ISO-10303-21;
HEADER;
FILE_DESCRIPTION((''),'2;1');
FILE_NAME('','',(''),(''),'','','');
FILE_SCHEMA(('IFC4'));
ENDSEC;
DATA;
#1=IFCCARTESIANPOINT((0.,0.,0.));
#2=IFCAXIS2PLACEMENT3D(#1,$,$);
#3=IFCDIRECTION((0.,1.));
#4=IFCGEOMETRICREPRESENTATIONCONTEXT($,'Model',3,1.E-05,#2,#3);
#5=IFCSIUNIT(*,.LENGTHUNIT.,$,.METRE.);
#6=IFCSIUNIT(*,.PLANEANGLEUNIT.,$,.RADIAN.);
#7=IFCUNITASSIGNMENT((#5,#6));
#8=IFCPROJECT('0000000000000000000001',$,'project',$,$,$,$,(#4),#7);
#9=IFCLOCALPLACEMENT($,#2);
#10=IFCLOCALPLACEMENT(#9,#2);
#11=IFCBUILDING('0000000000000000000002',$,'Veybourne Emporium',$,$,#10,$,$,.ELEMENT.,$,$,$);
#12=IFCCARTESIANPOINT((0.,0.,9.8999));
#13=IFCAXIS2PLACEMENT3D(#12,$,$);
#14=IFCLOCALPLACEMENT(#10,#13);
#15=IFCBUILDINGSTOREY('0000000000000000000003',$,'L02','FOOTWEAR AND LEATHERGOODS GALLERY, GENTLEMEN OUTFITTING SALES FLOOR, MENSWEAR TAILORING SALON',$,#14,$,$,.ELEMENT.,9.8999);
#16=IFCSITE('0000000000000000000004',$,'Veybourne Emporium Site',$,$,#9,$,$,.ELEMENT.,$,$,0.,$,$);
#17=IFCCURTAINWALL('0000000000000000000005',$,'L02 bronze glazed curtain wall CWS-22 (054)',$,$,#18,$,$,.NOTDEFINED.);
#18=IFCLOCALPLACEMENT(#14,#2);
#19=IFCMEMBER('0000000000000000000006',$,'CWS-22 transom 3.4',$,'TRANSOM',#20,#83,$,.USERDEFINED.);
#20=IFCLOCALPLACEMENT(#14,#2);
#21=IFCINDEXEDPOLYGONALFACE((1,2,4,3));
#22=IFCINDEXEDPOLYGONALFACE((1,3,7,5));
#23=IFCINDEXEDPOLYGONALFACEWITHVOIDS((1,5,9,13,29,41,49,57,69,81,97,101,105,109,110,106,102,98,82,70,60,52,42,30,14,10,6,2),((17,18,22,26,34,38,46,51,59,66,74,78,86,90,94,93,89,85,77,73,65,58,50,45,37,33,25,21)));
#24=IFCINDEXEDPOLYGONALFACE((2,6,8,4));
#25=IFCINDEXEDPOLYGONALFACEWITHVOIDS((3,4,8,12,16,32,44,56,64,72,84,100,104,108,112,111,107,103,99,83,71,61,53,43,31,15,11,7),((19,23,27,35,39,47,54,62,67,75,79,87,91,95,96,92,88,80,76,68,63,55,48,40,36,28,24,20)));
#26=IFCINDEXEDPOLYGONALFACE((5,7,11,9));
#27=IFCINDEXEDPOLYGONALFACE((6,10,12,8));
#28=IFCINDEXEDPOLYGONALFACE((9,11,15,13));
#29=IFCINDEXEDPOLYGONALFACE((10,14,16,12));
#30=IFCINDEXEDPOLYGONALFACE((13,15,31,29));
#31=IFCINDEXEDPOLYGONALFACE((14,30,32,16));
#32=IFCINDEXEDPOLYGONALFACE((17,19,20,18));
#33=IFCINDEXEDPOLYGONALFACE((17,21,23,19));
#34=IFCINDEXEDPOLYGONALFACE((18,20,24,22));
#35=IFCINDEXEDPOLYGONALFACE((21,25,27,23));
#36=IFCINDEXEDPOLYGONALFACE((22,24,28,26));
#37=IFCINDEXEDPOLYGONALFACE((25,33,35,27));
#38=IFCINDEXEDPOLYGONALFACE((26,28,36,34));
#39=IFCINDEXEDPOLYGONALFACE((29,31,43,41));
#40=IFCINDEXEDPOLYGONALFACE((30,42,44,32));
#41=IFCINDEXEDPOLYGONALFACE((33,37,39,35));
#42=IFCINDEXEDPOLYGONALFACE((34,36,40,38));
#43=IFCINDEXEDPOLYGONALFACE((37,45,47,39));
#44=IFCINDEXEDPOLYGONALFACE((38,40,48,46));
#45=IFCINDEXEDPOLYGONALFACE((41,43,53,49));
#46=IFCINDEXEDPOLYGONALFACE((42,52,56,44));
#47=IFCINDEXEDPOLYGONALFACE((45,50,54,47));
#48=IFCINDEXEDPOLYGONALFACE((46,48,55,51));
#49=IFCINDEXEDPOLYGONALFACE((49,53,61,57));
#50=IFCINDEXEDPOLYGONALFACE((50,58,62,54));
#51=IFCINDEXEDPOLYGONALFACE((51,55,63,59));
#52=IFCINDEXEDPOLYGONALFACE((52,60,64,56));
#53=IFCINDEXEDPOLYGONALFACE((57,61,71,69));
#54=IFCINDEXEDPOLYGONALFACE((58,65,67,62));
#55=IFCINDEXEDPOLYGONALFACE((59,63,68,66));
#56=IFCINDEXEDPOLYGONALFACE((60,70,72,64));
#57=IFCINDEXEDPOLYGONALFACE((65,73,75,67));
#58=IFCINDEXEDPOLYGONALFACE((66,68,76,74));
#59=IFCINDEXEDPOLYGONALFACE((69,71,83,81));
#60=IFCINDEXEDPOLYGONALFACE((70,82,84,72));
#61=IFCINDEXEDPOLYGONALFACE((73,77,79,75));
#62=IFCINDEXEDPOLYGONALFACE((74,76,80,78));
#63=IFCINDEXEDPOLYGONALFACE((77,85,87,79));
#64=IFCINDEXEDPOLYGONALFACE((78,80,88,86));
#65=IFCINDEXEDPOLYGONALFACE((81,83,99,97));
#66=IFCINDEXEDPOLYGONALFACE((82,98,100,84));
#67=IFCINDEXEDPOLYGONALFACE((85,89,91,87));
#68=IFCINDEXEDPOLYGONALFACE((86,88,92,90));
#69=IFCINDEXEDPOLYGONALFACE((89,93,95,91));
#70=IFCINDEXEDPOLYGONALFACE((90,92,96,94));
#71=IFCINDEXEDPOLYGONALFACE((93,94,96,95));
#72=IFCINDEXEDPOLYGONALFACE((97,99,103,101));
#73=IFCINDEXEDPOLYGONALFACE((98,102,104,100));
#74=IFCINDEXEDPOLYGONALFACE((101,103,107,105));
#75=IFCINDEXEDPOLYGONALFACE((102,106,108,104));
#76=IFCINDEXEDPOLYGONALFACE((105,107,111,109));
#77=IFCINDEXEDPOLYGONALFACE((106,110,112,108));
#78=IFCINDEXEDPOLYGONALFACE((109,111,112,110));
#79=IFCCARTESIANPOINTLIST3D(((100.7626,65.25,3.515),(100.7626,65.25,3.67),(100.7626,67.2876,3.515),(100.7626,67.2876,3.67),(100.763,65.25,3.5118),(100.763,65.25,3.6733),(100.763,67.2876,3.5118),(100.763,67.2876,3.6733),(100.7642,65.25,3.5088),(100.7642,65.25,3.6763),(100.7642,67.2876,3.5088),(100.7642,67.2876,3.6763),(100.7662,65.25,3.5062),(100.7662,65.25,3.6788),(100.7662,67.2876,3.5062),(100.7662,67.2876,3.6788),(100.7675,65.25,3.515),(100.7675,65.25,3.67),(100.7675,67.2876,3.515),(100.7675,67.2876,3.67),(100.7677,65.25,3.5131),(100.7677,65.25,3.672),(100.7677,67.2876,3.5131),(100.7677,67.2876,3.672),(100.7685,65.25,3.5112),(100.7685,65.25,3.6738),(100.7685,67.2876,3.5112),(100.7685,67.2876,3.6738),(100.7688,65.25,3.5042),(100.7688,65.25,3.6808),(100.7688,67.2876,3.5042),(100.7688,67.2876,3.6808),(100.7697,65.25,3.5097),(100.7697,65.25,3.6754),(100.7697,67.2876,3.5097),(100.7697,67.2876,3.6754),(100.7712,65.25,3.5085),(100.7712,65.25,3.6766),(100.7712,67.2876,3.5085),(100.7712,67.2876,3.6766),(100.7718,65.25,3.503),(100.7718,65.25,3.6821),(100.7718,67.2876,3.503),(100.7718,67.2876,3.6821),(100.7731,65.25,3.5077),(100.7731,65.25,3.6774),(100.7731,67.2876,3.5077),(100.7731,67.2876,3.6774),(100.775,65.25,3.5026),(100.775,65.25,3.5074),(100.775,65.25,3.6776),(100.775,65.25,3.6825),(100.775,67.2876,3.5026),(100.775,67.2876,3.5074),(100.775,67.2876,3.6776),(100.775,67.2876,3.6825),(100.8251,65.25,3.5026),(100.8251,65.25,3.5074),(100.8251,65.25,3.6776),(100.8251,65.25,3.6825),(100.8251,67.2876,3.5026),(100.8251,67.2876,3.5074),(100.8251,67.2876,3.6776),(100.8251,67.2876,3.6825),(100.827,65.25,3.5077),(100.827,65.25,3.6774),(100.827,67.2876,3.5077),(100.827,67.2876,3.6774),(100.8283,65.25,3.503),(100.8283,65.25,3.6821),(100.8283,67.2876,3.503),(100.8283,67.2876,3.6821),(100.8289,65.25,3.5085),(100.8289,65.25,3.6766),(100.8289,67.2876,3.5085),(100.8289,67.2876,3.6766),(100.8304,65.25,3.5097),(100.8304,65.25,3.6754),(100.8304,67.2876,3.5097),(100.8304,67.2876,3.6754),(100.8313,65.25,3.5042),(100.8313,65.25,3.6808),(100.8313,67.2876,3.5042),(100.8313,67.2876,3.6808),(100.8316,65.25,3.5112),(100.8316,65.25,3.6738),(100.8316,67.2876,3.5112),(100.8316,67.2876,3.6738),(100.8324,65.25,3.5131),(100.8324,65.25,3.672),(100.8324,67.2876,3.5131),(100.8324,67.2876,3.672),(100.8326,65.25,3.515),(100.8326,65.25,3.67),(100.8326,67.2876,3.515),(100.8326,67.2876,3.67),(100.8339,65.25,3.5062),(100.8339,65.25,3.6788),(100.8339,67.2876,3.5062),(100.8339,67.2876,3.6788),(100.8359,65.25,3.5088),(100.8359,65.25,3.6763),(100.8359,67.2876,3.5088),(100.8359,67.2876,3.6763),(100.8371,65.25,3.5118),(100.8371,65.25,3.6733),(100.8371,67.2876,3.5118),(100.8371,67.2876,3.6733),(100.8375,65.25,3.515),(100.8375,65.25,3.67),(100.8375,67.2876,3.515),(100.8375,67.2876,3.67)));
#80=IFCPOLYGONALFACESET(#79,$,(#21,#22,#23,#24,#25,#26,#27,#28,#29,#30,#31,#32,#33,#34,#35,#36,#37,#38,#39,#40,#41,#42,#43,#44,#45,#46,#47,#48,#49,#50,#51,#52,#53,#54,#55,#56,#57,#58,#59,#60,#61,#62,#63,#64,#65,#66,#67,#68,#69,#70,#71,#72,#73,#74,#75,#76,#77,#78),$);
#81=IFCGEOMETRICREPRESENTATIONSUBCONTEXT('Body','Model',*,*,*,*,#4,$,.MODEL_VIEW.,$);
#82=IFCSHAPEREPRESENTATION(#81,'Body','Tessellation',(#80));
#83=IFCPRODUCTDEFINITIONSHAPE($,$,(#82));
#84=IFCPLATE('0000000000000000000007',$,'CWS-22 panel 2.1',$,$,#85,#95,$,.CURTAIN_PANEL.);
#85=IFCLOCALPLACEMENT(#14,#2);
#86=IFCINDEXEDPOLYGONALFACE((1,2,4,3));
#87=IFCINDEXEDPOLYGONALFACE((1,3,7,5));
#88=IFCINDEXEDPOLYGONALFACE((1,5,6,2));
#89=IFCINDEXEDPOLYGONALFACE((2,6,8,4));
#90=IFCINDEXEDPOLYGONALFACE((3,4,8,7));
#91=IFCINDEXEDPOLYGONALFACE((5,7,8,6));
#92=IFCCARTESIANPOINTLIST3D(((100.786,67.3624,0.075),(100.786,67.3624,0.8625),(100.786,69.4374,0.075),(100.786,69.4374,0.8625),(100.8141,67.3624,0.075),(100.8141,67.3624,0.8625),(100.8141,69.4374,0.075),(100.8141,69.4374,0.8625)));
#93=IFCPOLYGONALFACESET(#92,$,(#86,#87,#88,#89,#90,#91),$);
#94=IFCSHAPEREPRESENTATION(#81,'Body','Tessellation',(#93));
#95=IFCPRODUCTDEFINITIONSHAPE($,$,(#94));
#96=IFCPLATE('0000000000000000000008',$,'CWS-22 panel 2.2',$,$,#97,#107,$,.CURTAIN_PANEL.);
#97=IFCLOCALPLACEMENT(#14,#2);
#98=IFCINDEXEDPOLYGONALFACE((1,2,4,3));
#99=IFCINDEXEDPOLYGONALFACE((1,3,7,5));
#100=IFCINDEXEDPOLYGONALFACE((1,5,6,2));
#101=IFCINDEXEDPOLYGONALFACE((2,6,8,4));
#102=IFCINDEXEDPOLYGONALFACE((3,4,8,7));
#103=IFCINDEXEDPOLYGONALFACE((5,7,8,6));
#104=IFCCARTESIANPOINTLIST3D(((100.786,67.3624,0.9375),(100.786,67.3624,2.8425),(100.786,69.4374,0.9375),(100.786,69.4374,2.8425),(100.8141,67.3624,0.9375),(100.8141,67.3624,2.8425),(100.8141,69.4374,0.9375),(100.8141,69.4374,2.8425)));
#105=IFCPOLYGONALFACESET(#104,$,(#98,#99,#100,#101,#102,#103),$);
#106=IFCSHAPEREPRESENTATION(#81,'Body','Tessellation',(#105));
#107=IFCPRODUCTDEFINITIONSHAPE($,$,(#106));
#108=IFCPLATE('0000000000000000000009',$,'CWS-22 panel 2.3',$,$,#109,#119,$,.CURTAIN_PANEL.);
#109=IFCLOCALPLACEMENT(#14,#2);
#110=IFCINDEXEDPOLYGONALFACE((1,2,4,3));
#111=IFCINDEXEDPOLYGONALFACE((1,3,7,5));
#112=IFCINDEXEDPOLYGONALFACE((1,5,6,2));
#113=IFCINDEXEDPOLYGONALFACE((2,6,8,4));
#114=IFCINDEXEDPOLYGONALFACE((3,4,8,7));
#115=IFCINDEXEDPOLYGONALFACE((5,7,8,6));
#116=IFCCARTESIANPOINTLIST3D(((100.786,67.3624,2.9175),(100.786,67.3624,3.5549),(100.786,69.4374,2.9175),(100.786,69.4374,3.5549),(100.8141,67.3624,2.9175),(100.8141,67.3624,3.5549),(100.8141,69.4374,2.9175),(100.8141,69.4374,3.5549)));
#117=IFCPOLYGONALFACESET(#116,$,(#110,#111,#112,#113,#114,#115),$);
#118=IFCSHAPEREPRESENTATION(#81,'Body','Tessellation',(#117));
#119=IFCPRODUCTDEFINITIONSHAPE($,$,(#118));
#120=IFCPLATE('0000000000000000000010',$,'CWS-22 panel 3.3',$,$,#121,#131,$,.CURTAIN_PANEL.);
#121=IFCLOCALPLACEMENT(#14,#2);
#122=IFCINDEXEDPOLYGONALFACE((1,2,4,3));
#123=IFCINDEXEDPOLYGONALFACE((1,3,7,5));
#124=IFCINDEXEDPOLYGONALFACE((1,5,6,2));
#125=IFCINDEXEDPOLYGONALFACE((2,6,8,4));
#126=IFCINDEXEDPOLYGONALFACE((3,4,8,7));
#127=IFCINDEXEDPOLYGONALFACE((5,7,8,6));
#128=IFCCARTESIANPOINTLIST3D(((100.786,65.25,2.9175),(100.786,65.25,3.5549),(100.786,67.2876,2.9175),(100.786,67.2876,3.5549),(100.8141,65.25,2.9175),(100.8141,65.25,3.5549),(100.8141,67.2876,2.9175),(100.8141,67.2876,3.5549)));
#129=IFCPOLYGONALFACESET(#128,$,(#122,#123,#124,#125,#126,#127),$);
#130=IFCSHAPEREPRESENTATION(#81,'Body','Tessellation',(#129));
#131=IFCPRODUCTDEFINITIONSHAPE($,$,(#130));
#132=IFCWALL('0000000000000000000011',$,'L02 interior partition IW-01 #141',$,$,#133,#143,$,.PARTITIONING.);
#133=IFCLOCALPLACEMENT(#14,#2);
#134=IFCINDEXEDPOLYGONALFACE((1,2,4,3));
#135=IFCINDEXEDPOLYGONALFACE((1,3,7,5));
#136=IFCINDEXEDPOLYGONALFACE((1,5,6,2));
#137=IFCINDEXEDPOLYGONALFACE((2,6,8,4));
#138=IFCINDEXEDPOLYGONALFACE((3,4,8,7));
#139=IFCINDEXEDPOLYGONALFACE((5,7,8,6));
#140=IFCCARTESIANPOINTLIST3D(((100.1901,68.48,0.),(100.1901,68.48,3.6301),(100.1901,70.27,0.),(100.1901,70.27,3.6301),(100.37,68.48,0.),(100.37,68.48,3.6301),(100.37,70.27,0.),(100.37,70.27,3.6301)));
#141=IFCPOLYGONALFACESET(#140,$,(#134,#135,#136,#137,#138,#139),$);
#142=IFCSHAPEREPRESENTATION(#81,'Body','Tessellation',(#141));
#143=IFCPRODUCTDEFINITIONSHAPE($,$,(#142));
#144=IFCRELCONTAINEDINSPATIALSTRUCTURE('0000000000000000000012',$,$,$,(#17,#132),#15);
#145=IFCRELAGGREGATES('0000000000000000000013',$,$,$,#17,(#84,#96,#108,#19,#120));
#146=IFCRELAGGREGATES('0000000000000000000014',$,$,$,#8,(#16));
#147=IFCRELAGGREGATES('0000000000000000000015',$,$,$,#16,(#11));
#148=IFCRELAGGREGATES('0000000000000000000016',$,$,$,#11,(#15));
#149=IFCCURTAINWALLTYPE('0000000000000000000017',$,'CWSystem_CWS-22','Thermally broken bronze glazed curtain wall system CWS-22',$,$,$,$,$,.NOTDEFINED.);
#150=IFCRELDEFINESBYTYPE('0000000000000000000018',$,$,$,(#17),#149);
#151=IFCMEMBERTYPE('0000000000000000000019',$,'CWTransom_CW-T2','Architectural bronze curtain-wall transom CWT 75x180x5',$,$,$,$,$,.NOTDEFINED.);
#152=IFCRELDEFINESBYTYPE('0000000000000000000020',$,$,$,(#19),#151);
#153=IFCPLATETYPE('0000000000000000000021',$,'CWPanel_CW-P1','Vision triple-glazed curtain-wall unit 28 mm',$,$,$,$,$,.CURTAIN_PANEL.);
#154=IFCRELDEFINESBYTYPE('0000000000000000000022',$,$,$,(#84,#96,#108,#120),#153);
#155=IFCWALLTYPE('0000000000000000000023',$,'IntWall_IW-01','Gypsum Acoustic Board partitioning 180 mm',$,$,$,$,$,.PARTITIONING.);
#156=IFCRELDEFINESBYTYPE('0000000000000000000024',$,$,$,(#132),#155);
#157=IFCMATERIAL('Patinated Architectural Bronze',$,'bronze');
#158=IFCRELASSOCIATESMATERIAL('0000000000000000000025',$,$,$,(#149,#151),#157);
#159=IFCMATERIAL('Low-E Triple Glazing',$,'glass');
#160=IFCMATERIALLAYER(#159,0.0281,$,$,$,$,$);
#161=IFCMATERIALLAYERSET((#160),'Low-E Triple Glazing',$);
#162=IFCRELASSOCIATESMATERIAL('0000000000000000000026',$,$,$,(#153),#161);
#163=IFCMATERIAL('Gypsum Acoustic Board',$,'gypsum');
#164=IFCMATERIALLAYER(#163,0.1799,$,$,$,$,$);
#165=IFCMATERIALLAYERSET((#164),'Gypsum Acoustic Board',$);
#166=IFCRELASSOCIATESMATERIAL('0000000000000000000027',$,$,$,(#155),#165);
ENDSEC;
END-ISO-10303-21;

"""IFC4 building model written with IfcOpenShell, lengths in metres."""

from ifc_helpers import new_model, si_unit, direction, frame, frame_2d, origin, origin_2d, place, context, subcontext, project, spatial, rectangle, hollow_rectangle, extrude, material, layer, layer_set, material_profile, profile_set, type_object, element, aggregate, save


model = new_model("IFC4")

# Units and contexts
model_context = context("Model", 3, precision=1e-05, world=origin(), true_north=direction((0.0, 1.0)))
body_context = subcontext(model_context, "Body", "Model", "MODEL_VIEW")
ifc_project = project(units=[si_unit("LENGTHUNIT", "METRE"), si_unit("PLANEANGLEUNIT", "RADIAN")], contexts=[model_context])

# Site, building, storey
site_placement = place(None, origin())
site = spatial("IfcSite", under=ifc_project, at=site_placement, Name="Veybourne Emporium Site", CompositionType="ELEMENT", RefElevation=0.0)
building_placement = place(site_placement, origin())
building = spatial("IfcBuilding", under=site, at=building_placement, Name="Veybourne Emporium", CompositionType="ELEMENT")
storey_placement = place(building_placement, frame((0.0, 0.0, 9.8999)))
storey = spatial("IfcBuildingStorey", under=building, at=storey_placement, Name="L02", Description="FOOTWEAR AND LEATHERGOODS GALLERY, GENTLEMEN OUTFITTING SALES FLOOR, MENSWEAR TAILORING SALON", CompositionType="ELEMENT", Elevation=9.8999)

# Curtain wall, member, plates
ifc_material_1 = material(Name="Patinated Architectural Bronze", Category="bronze")
curtain_wall_type = type_object("IfcCurtainWallType", Name="CWSystem_CWS-22", Description="Thermally broken bronze glazed curtain wall system CWS-22", PredefinedType="NOTDEFINED", material=ifc_material_1)
curtain_wall_placement = place(storey_placement, origin())
curtain_wall = element("IfcCurtainWall", 1, at=curtain_wall_placement, inside=storey, type_object=curtain_wall_type, Name="L02 bronze glazed curtain wall CWS-22 (054)", PredefinedType="NOTDEFINED")
ifc_material_profile_1 = material_profile(ifc_material_1, hollow_rectangle(XDim=0.075, YDim=0.1799, WallThickness=0.0049, InnerFilletRadius=0.0076, OuterFilletRadius=0.0125, at=origin_2d()), Name="CWT 75x180x5")
ifc_profile_set_1 = profile_set([ifc_material_profile_1], Name="Patinated Architectural Bronze")
member_type_1 = type_object("IfcMemberType", Name="CWTransom_CW-T2", Description="Architectural bronze curtain-wall transom CWT 75x180x5", PredefinedType="NOTDEFINED", material=ifc_profile_set_1)
member_1_placement = place(storey_placement, frame((100.8, 67.2876, 3.5925), z_axis=(0.0, -1.0, 0.0), x_axis=(1.0, 0.0, 0.0)))
member_1 = element("IfcMember", 2, at=member_1_placement, type_object=member_type_1, Name="CWS-22 transom 3.4", ObjectType="TRANSOM", PredefinedType="USERDEFINED", context=body_context, shape_type="SweptSolid", body=[
    extrude(hollow_rectangle(XDim=0.075, YDim=0.1799, WallThickness=0.0049, InnerFilletRadius=0.0076, OuterFilletRadius=0.0125, at=origin_2d()), origin(), (0.0, 0.0, 1.0), 2.0376),
])
ifc_material_2 = material(Name="Low-E Triple Glazing", Category="glass")
ifc_layer_1 = layer(ifc_material_2, 0.0281)
ifc_layer_set_1 = layer_set([ifc_layer_1], Name="Low-E Triple Glazing")
plate_type = type_object("IfcPlateType", Name="CWPanel_CW-P1", Description="Vision triple-glazed curtain-wall unit 28 mm", PredefinedType="CURTAIN_PANEL", material=ifc_layer_set_1)
plate_1_placement = place(storey_placement, frame((100.8, 68.3999, 0.075), z_axis=(0.0, 0.0, 1.0), x_axis=(0.0, -1.0, 0.0)))
plate_1 = element("IfcPlate", 3, at=plate_1_placement, type_object=plate_type, Name="CWS-22 panel 2.1", PredefinedType="CURTAIN_PANEL", context=body_context, shape_type="SweptSolid", body=[
    extrude(rectangle(XDim=2.075, YDim=0.0281, at=origin_2d()), origin(), (0.0, 0.0, 1.0), 0.7876),
])
plate_2_placement = place(storey_placement, frame((100.8, 68.3999, 0.9375), z_axis=(0.0, 0.0, 1.0), x_axis=(0.0, -1.0, 0.0)))
plate_2 = element("IfcPlate", 4, at=plate_2_placement, type_object=plate_type, Name="CWS-22 panel 2.2", PredefinedType="CURTAIN_PANEL", context=body_context, shape_type="SweptSolid", body=[
    extrude(rectangle(XDim=2.075, YDim=0.0281, at=origin_2d()), origin(), (0.0, 0.0, 1.0), 1.905),
])
plate_3_placement = place(storey_placement, frame((100.8, 68.3999, 2.9175), z_axis=(0.0, 0.0, 1.0), x_axis=(0.0, -1.0, 0.0)))
plate_3 = element("IfcPlate", 5, at=plate_3_placement, type_object=plate_type, Name="CWS-22 panel 2.3", PredefinedType="CURTAIN_PANEL", context=body_context, shape_type="SweptSolid", body=[
    extrude(rectangle(XDim=2.075, YDim=0.0281, at=origin_2d()), origin(), (0.0, 0.0, 1.0), 0.6375),
])
plate_4_placement = place(storey_placement, frame((100.8, 66.2688, 2.9175), z_axis=(0.0, 0.0, 1.0), x_axis=(0.0, -1.0, 0.0)))
plate_4 = element("IfcPlate", 6, at=plate_4_placement, type_object=plate_type, Name="CWS-22 panel 3.3", PredefinedType="CURTAIN_PANEL", context=body_context, shape_type="SweptSolid", body=[
    extrude(rectangle(XDim=2.0376, YDim=0.0281, at=origin_2d()), origin(), (0.0, 0.0, 1.0), 0.6375),
])
aggregate(curtain_wall, [plate_1, plate_2, plate_3, member_1, plate_4])

# Wall
ifc_material_3 = material(Name="Gypsum Acoustic Board", Category="gypsum")
ifc_layer_2 = layer(ifc_material_3, 0.1799)
ifc_layer_set_2 = layer_set([ifc_layer_2], Name="Gypsum Acoustic Board")
wall_type_1 = type_object("IfcWallType", Name="IntWall_IW-01", Description="Gypsum Acoustic Board partitioning 180 mm", PredefinedType="PARTITIONING", material=ifc_layer_set_2)
wall_1_placement = place(storey_placement, frame((100.28, 68.48, 0.0), z_axis=(0.0, 0.0, 1.0), x_axis=(0.0, 1.0, 0.0)))
element("IfcWall", 7, at=wall_1_placement, inside=storey, type_object=wall_type_1, Name="L02 interior partition IW-01 #141", PredefinedType="PARTITIONING", context=body_context, shape_type="SweptSolid", body=[
    extrude(rectangle(XDim=1.79, YDim=0.1799, at=frame_2d((0.895, 0.0))), origin(), (0.0, 0.0, 1.0), 3.6301),
])

save(model, "model.ifc")
